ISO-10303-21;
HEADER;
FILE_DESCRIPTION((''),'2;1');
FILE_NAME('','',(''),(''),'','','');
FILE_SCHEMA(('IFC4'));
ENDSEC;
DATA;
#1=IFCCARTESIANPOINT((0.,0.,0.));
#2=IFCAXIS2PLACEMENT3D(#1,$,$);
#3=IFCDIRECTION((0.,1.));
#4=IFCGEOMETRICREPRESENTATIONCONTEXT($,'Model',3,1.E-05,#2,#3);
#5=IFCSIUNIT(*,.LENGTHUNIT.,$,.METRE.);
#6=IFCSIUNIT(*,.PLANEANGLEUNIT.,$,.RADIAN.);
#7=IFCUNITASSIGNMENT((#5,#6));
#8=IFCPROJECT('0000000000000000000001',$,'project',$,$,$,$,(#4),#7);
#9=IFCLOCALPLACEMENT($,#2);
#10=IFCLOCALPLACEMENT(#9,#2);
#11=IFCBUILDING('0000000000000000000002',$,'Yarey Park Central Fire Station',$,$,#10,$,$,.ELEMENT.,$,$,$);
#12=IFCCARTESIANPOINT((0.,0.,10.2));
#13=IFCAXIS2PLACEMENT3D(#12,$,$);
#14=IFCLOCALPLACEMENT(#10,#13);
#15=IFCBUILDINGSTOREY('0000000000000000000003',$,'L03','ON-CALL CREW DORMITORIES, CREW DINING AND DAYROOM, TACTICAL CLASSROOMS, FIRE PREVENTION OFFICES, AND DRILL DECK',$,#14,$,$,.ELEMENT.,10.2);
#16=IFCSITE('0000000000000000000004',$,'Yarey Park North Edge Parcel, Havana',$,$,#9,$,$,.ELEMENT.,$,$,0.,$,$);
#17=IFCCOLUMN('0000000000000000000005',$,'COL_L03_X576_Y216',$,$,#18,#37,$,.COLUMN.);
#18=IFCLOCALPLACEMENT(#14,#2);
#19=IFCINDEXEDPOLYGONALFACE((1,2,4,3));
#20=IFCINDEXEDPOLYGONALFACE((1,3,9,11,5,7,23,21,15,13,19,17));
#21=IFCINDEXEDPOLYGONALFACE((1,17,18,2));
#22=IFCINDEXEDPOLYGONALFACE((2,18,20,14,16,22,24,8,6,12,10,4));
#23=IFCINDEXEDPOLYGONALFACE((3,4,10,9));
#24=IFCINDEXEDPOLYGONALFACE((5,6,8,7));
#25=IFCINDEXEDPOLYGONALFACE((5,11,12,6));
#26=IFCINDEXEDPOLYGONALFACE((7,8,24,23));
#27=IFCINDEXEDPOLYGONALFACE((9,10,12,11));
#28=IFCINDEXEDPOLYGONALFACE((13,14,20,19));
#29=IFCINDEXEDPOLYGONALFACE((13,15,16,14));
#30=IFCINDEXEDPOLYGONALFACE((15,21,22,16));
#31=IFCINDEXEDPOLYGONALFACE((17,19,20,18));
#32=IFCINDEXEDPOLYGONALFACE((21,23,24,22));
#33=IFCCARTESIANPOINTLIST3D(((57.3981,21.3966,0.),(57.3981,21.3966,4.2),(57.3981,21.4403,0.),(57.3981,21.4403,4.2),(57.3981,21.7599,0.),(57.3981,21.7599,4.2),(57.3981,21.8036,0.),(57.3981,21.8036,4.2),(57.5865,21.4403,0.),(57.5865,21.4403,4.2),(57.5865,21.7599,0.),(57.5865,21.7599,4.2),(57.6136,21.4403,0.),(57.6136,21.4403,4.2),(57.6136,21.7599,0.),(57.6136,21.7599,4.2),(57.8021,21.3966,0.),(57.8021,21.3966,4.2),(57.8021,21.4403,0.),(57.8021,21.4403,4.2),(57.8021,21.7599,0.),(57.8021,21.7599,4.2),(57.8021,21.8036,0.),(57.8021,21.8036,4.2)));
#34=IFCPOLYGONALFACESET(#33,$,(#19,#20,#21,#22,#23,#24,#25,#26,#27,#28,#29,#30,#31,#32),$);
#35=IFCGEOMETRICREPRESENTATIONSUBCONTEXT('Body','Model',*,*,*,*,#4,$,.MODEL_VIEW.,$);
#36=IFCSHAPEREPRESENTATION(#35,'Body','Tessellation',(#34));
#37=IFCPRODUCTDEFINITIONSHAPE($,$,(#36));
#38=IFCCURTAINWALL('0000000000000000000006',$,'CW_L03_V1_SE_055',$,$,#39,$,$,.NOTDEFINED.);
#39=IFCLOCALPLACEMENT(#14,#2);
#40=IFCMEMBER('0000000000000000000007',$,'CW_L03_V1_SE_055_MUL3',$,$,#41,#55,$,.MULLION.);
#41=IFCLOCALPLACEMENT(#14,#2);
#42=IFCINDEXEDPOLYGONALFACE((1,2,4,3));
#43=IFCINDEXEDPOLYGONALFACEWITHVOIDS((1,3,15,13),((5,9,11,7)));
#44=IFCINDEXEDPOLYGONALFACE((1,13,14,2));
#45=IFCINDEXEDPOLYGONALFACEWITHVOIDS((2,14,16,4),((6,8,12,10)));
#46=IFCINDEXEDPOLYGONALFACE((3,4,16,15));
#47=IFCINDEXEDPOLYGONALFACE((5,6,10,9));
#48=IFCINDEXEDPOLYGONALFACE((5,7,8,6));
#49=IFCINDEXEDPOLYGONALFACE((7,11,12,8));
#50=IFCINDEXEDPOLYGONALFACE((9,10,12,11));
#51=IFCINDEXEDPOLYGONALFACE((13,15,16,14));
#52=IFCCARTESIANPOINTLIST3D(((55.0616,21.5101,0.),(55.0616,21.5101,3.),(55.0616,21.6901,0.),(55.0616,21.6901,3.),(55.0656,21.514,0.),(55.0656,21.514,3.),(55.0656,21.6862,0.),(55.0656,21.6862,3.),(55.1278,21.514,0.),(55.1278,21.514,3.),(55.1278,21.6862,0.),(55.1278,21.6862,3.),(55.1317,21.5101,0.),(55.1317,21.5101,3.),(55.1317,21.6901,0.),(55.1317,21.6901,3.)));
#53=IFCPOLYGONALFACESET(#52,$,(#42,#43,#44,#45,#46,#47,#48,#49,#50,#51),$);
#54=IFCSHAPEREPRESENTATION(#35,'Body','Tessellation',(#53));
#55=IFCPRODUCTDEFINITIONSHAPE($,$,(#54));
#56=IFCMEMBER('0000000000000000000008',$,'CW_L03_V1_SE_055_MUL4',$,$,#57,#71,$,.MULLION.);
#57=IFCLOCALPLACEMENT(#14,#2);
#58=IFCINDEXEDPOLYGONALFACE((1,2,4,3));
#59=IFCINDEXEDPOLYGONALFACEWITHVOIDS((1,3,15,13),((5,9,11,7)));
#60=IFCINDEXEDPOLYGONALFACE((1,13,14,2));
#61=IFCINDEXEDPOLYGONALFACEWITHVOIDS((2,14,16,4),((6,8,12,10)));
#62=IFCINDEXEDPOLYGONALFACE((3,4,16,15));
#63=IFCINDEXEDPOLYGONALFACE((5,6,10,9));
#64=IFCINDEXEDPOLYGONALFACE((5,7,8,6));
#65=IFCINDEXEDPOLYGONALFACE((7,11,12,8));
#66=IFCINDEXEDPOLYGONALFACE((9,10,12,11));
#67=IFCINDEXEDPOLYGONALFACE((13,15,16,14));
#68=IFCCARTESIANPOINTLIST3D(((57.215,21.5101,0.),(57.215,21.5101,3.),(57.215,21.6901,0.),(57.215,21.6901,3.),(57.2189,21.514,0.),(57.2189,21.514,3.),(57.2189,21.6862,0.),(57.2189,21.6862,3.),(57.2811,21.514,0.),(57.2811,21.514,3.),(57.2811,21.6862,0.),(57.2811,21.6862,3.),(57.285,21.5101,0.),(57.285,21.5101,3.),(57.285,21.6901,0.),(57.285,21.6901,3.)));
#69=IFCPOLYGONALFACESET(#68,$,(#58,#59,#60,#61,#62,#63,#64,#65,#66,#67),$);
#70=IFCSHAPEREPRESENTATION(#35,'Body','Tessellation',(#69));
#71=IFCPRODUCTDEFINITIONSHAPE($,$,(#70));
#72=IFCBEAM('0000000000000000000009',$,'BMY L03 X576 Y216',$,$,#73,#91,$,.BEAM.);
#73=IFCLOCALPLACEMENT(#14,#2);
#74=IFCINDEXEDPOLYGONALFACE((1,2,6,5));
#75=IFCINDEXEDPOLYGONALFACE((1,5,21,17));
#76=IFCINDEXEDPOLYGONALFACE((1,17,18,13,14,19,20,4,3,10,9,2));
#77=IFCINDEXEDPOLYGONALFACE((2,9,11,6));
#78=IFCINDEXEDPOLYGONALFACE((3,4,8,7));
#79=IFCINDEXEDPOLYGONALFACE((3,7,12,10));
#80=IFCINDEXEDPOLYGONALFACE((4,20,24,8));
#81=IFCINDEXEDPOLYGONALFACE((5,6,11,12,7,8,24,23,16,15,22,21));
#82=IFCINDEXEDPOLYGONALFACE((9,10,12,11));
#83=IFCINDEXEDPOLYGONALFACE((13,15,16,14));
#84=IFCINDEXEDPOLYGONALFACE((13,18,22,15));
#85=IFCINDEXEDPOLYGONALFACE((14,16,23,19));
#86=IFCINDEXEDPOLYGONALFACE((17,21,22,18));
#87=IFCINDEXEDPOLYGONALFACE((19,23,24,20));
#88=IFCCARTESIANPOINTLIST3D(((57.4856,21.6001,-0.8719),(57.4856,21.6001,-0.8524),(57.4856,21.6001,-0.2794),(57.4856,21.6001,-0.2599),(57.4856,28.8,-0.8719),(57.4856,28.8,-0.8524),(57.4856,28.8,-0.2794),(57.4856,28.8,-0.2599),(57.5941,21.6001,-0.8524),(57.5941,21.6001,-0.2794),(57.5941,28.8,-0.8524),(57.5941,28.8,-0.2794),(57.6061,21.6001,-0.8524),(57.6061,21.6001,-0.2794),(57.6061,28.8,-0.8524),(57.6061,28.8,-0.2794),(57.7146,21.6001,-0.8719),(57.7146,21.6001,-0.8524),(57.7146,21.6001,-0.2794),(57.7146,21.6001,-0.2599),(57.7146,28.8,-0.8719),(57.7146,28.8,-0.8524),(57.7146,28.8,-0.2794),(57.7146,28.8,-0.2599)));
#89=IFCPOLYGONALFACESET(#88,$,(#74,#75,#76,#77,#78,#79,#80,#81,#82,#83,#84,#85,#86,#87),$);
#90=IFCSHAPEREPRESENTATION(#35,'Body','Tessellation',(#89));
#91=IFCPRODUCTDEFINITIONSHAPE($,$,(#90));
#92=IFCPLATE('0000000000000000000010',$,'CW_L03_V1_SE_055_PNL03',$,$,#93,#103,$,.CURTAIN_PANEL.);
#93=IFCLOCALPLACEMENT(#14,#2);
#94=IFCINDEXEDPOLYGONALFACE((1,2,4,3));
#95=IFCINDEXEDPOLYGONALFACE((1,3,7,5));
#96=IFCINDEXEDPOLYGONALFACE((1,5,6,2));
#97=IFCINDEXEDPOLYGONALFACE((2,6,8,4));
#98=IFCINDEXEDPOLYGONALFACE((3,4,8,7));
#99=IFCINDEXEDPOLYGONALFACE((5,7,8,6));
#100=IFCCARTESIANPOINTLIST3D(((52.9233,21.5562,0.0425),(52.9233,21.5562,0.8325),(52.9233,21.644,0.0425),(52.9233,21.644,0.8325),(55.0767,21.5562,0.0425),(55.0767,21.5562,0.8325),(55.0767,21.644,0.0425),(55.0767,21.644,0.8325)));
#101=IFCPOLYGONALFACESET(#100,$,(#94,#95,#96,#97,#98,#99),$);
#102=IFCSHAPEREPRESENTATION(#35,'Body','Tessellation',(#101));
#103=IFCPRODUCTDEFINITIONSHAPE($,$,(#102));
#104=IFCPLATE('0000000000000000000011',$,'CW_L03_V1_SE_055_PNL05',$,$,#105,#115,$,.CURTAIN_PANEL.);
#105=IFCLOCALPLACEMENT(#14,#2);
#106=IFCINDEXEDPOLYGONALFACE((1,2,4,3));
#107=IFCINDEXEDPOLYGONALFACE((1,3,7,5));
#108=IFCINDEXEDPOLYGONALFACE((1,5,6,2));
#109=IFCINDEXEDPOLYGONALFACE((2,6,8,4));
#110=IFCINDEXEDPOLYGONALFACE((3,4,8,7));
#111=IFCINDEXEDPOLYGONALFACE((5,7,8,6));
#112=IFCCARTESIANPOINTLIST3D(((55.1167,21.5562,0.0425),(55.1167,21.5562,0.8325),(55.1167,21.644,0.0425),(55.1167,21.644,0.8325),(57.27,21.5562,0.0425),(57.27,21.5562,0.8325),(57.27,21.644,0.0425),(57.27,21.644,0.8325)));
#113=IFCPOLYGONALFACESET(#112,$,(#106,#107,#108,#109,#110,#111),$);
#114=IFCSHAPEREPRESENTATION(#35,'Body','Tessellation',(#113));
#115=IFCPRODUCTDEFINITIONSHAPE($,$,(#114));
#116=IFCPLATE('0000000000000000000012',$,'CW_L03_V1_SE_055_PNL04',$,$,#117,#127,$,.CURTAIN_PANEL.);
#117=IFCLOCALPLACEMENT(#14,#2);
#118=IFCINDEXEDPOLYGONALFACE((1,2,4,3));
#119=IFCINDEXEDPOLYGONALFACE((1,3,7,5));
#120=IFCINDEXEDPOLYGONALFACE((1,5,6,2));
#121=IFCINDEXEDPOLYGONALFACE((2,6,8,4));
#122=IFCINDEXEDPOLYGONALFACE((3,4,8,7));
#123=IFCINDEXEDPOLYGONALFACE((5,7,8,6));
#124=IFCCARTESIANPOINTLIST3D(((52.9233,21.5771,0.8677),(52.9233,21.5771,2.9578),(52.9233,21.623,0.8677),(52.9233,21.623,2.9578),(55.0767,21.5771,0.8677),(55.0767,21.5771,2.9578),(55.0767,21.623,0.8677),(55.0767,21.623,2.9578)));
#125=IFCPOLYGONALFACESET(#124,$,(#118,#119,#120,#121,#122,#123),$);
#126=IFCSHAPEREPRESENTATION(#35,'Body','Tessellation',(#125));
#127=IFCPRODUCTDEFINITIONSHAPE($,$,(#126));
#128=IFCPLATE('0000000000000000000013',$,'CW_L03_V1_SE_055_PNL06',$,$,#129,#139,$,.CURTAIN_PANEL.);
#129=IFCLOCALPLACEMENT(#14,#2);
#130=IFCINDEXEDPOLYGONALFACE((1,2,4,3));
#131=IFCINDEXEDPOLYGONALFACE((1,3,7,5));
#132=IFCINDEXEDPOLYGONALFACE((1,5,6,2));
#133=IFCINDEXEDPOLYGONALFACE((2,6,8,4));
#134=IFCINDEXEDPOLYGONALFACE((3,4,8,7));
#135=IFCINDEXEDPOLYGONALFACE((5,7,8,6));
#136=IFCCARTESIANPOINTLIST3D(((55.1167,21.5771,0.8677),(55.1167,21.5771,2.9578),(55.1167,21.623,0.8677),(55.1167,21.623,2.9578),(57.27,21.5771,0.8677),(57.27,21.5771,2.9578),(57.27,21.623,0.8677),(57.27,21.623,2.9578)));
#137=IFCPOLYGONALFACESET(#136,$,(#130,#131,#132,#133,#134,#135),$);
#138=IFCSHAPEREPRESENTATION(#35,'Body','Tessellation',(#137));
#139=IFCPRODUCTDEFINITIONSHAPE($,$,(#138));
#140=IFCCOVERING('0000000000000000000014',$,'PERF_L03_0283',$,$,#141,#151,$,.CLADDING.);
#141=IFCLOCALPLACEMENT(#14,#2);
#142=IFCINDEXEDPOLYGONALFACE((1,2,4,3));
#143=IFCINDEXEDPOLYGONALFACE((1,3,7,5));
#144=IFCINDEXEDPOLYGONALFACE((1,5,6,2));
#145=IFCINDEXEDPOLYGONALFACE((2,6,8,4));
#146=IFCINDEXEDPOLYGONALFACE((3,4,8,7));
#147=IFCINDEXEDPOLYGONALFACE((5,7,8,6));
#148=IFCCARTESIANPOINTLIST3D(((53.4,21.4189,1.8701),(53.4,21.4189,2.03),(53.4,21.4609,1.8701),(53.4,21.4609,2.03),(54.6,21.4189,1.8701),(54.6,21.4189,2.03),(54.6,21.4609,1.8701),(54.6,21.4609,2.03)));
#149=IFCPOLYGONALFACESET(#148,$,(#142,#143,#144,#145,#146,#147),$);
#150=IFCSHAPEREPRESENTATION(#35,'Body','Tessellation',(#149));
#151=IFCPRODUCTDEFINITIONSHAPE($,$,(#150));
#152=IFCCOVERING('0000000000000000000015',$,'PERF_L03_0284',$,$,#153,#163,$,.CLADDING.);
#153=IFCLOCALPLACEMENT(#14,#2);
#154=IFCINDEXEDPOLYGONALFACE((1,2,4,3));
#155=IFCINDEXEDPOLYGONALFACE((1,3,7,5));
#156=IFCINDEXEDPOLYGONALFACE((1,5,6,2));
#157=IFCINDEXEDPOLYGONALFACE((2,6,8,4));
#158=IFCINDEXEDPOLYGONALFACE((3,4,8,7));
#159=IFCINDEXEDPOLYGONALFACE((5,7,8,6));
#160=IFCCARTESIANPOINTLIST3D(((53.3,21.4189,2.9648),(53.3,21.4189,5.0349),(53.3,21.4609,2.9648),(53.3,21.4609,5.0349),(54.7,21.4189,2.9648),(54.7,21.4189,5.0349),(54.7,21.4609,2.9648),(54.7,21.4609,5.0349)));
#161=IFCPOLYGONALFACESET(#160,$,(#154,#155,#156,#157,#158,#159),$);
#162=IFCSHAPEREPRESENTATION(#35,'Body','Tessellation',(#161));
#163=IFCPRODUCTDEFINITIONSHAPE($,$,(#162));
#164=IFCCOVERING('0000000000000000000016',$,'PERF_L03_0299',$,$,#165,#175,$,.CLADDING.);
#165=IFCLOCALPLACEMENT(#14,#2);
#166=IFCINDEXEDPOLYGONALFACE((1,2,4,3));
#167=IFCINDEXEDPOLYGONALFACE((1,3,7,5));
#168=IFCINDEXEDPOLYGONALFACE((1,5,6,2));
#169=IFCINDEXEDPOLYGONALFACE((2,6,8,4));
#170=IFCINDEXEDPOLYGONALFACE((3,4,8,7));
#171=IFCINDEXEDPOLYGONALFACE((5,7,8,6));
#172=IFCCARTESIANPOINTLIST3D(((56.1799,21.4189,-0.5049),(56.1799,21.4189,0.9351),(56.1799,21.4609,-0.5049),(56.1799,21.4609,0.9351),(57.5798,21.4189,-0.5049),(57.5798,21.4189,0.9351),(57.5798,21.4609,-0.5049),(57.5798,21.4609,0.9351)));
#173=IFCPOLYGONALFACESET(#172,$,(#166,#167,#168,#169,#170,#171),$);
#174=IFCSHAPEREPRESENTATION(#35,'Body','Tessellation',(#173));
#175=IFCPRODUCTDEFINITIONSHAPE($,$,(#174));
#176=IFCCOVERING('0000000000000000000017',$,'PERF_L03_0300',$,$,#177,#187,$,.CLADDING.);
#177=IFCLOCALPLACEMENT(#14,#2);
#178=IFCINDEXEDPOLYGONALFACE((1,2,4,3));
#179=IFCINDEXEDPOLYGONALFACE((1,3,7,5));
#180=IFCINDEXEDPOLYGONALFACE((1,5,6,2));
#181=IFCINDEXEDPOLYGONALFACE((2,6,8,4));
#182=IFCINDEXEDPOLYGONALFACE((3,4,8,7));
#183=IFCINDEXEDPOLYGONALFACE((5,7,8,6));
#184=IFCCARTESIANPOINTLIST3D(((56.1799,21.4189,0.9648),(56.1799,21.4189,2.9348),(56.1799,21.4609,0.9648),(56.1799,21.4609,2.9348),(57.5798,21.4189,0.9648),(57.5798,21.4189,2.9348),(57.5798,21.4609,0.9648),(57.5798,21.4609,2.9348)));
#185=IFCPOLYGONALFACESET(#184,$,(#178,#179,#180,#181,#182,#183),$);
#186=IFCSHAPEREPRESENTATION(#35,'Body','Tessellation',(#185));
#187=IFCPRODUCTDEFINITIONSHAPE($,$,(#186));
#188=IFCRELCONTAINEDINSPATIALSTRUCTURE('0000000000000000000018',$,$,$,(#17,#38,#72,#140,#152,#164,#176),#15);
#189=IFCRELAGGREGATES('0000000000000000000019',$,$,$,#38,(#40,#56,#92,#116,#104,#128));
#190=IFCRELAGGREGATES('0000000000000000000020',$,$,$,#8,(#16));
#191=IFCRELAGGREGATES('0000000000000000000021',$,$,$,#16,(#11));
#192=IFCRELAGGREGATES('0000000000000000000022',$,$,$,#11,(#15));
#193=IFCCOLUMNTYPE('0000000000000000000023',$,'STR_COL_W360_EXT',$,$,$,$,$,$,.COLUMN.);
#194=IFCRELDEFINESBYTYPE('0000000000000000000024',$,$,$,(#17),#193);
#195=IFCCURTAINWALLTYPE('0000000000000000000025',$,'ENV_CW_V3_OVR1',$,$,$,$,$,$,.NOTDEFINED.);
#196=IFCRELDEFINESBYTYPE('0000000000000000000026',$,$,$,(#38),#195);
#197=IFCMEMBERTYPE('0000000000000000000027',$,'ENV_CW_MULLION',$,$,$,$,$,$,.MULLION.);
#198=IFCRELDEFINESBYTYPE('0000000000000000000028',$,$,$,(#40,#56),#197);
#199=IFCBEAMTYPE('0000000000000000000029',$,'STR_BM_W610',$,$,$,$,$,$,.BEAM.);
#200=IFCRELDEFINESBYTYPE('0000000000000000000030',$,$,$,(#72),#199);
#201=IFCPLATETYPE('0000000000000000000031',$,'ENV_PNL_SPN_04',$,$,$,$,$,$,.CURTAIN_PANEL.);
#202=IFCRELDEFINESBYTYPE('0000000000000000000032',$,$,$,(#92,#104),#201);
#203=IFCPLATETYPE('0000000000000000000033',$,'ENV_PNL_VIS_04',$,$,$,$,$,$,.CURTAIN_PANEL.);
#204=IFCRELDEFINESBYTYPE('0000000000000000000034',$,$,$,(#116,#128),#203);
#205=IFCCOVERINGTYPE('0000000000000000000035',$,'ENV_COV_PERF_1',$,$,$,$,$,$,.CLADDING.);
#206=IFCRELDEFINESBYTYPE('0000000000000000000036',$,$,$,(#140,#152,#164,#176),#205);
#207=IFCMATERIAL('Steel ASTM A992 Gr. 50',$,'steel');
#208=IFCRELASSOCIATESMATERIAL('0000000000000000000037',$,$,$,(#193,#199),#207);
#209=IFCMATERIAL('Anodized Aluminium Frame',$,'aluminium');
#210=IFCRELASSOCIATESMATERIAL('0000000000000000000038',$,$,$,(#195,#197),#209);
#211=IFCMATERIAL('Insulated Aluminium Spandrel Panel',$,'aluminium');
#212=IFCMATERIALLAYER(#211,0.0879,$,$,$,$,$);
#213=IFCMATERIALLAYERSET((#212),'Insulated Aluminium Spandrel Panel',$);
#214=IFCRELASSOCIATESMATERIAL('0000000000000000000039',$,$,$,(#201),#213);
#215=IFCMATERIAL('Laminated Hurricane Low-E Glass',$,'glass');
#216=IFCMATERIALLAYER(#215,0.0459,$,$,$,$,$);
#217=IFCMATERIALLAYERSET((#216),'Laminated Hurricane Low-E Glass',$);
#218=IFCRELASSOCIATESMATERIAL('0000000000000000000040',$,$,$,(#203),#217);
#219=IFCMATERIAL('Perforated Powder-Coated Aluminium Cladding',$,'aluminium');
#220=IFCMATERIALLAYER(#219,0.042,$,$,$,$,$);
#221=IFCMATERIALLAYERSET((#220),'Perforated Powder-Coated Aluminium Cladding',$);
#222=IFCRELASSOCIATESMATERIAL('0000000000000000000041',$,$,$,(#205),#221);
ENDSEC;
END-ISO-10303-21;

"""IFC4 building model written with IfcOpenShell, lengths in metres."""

from ifc_helpers import new_model, si_unit, direction, frame, origin, origin_2d, place, context, subcontext, project, spatial, rectangle, hollow_rectangle, i_section, extrude, material, layer, layer_set, material_profile, profile_set, type_object, element, aggregate, save


model = new_model("IFC4")

# Units and contexts
model_context = context("Model", 3, precision=1e-05, world=origin(), true_north=direction((0.0, 1.0)))
body_context = subcontext(model_context, "Body", "Model", "MODEL_VIEW")
ifc_project = project(units=[si_unit("LENGTHUNIT", "METRE"), si_unit("PLANEANGLEUNIT", "RADIAN")], contexts=[model_context])

# Site, building, storey
site_placement = place(None, origin())
site = spatial("IfcSite", under=ifc_project, at=site_placement, Name="Yarey Park North Edge Parcel, Havana", CompositionType="ELEMENT", RefElevation=0.0)
building_placement = place(site_placement, origin())
building = spatial("IfcBuilding", under=site, at=building_placement, Name="Yarey Park Central Fire Station", CompositionType="ELEMENT")
storey_placement = place(building_placement, frame((0.0, 0.0, 10.2)))
storey = spatial("IfcBuildingStorey", under=building, at=storey_placement, Name="L03", Description="ON-CALL CREW DORMITORIES, CREW DINING AND DAYROOM, TACTICAL CLASSROOMS, FIRE PREVENTION OFFICES, AND DRILL DECK", CompositionType="ELEMENT", Elevation=10.2)

# Column
ifc_material_1 = material(Name="Steel ASTM A992 Gr. 50", Category="steel")
ifc_material_profile_1 = material_profile(ifc_material_1, i_section(OverallWidth=0.4041, OverallDepth=0.407, WebThickness=0.0271, FlangeThickness=0.0437, at=origin_2d()), Name="W360x347")
ifc_profile_set_1 = profile_set([ifc_material_profile_1], Name="Steel ASTM A992 Gr. 50")
column_type = type_object("IfcColumnType", Name="STR_COL_W360_EXT", PredefinedType="COLUMN", material=ifc_profile_set_1)
column_placement = place(storey_placement, frame((57.6001, 21.6001, 0.0), z_axis=(0.0, 0.0, 1.0), x_axis=(1.0, 0.0, 0.0)))
element("IfcColumn", 1, at=column_placement, inside=storey, type_object=column_type, Name="COL_L03_X576_Y216", PredefinedType="COLUMN", context=body_context, shape_type="SweptSolid", body=[
    extrude(i_section(OverallWidth=0.4041, OverallDepth=0.407, WebThickness=0.0271, FlangeThickness=0.0437, at=origin_2d()), origin(), (0.0, 0.0, 1.0), 4.2),
])

# Curtain wall, members
ifc_material_2 = material(Name="Anodized Aluminium Frame", Category="aluminium")
curtain_wall_type = type_object("IfcCurtainWallType", Name="ENV_CW_V3_OVR1", PredefinedType="NOTDEFINED", material=ifc_material_2)
curtain_wall_placement = place(storey_placement, origin())
curtain_wall = element("IfcCurtainWall", 2, at=curtain_wall_placement, inside=storey, type_object=curtain_wall_type, Name="CW_L03_V1_SE_055", PredefinedType="NOTDEFINED")
ifc_material_profile_2 = material_profile(ifc_material_2, hollow_rectangle(XDim=0.0701, YDim=0.1799, WallThickness=0.0039, at=origin_2d()), Name="ALU 180x70x4")
ifc_profile_set_2 = profile_set([ifc_material_profile_2], Name="Anodized Aluminium Frame")
member_type = type_object("IfcMemberType", Name="ENV_CW_MULLION", PredefinedType="MULLION", material=ifc_profile_set_2)
member_1_placement = place(storey_placement, frame((55.0967, 21.6001, 0.0), z_axis=(0.0, 0.0, 1.0), x_axis=(1.0, 0.0, 0.0)))
member_1 = element("IfcMember", 3, at=member_1_placement, type_object=member_type, Name="CW_L03_V1_SE_055_MUL3", PredefinedType="MULLION", context=body_context, shape_type="SweptSolid", body=[
    extrude(hollow_rectangle(XDim=0.0701, YDim=0.1799, WallThickness=0.0039, at=origin_2d()), origin(), (0.0, 0.0, 1.0), 3.0),
])
member_2_placement = place(storey_placement, frame((57.25, 21.6001, 0.0), z_axis=(0.0, 0.0, 1.0), x_axis=(1.0, 0.0, 0.0)))
member_2 = element("IfcMember", 4, at=member_2_placement, type_object=member_type, Name="CW_L03_V1_SE_055_MUL4", PredefinedType="MULLION", context=body_context, shape_type="SweptSolid", body=[
    extrude(hollow_rectangle(XDim=0.0701, YDim=0.1799, WallThickness=0.0039, at=origin_2d()), origin(), (0.0, 0.0, 1.0), 3.0),
])

# Beam
ifc_material_profile_3 = material_profile(ifc_material_1, i_section(OverallWidth=0.229, OverallDepth=0.6121, WebThickness=0.012, FlangeThickness=0.0195, at=origin_2d()), Name="W610x125")
ifc_profile_set_3 = profile_set([ifc_material_profile_3], Name="Steel ASTM A992 Gr. 50")
beam_type = type_object("IfcBeamType", Name="STR_BM_W610", PredefinedType="BEAM", material=ifc_profile_set_3)
beam_placement = place(storey_placement, frame((57.6001, 21.6001, -0.5659), z_axis=(0.0, 1.0, 0.0), x_axis=(-1.0, 0.0, 0.0)))
element("IfcBeam", 5, at=beam_placement, inside=storey, type_object=beam_type, Name="BMY L03 X576 Y216", PredefinedType="BEAM", context=body_context, shape_type="SweptSolid", body=[
    extrude(i_section(OverallWidth=0.229, OverallDepth=0.6121, WebThickness=0.012, FlangeThickness=0.0195, at=origin_2d()), origin(), (0.0, 0.0, 1.0), 7.2),
])

# Plates
ifc_material_3 = material(Name="Insulated Aluminium Spandrel Panel", Category="aluminium")
ifc_layer_1 = layer(ifc_material_3, 0.0879)
ifc_layer_set_1 = layer_set([ifc_layer_1], Name="Insulated Aluminium Spandrel Panel")
plate_type_1 = type_object("IfcPlateType", Name="ENV_PNL_SPN_04", PredefinedType="CURTAIN_PANEL", material=ifc_layer_set_1)
plate_1_placement = place(storey_placement, frame((54.0, 21.6001, 0.0425), z_axis=(0.0, 0.0, 1.0), x_axis=(1.0, 0.0, 0.0)))
plate_1 = element("IfcPlate", 6, at=plate_1_placement, type_object=plate_type_1, Name="CW_L03_V1_SE_055_PNL03", PredefinedType="CURTAIN_PANEL", context=body_context, shape_type="SweptSolid", body=[
    extrude(rectangle(XDim=2.1533, YDim=0.0879, at=origin_2d()), origin(), (0.0, 0.0, 1.0), 0.79),
])
plate_2_placement = place(storey_placement, frame((56.1934, 21.6001, 0.0425), z_axis=(0.0, 0.0, 1.0), x_axis=(1.0, 0.0, 0.0)))
plate_2 = element("IfcPlate", 7, at=plate_2_placement, type_object=plate_type_1, Name="CW_L03_V1_SE_055_PNL05", PredefinedType="CURTAIN_PANEL", context=body_context, shape_type="SweptSolid", body=[
    extrude(rectangle(XDim=2.1533, YDim=0.0879, at=origin_2d()), origin(), (0.0, 0.0, 1.0), 0.79),
])
ifc_material_4 = material(Name="Laminated Hurricane Low-E Glass", Category="glass")
ifc_layer_2 = layer(ifc_material_4, 0.0459)
ifc_layer_set_2 = layer_set([ifc_layer_2], Name="Laminated Hurricane Low-E Glass")
plate_type_2 = type_object("IfcPlateType", Name="ENV_PNL_VIS_04", PredefinedType="CURTAIN_PANEL", material=ifc_layer_set_2)
plate_3_placement = place(storey_placement, frame((54.0, 21.6001, 0.8677), z_axis=(0.0, 0.0, 1.0), x_axis=(1.0, 0.0, 0.0)))
plate_3 = element("IfcPlate", 8, at=plate_3_placement, type_object=plate_type_2, Name="CW_L03_V1_SE_055_PNL04", PredefinedType="CURTAIN_PANEL", context=body_context, shape_type="SweptSolid", body=[
    extrude(rectangle(XDim=2.1533, YDim=0.0459, at=origin_2d()), origin(), (0.0, 0.0, 1.0), 2.0901),
])
plate_4_placement = place(storey_placement, frame((56.1934, 21.6001, 0.8677), z_axis=(0.0, 0.0, 1.0), x_axis=(1.0, 0.0, 0.0)))
plate_4 = element("IfcPlate", 9, at=plate_4_placement, type_object=plate_type_2, Name="CW_L03_V1_SE_055_PNL06", PredefinedType="CURTAIN_PANEL", context=body_context, shape_type="SweptSolid", body=[
    extrude(rectangle(XDim=2.1533, YDim=0.0459, at=origin_2d()), origin(), (0.0, 0.0, 1.0), 2.0901),
])
aggregate(curtain_wall, [member_1, member_2, plate_1, plate_3, plate_2, plate_4])

# Coverings
ifc_material_5 = material(Name="Perforated Powder-Coated Aluminium Cladding", Category="aluminium")
ifc_layer_3 = layer(ifc_material_5, 0.042)
ifc_layer_set_3 = layer_set([ifc_layer_3], Name="Perforated Powder-Coated Aluminium Cladding")
covering_type_1 = type_object("IfcCoveringType", Name="ENV_COV_PERF_1", PredefinedType="CLADDING", material=ifc_layer_set_3)
covering_1_placement = place(storey_placement, frame((54.0, 21.4399, 1.8701), z_axis=(0.0, 0.0, 1.0), x_axis=(1.0, 0.0, 0.0)))
element("IfcCovering", 10, at=covering_1_placement, inside=storey, type_object=covering_type_1, Name="PERF_L03_0283", PredefinedType="CLADDING", context=body_context, shape_type="SweptSolid", body=[
    extrude(rectangle(XDim=1.2, YDim=0.042, at=origin_2d()), origin(), (0.0, 0.0, 1.0), 0.1599),
])
covering_2_placement = place(storey_placement, frame((54.0, 21.4399, 2.9648), z_axis=(0.0, 0.0, 1.0), x_axis=(1.0, 0.0, 0.0)))
element("IfcCovering", 11, at=covering_2_placement, inside=storey, type_object=covering_type_1, Name="PERF_L03_0284", PredefinedType="CLADDING", context=body_context, shape_type="SweptSolid", body=[
    extrude(rectangle(XDim=1.3999, YDim=0.042, at=origin_2d()), origin(), (0.0, 0.0, 1.0), 2.0701),
])
covering_3_placement = place(storey_placement, frame((56.8799, 21.4399, -0.5049), z_axis=(0.0, 0.0, 1.0), x_axis=(1.0, 0.0, 0.0)))
element("IfcCovering", 12, at=covering_3_placement, inside=storey, type_object=covering_type_1, Name="PERF_L03_0299", PredefinedType="CLADDING", context=body_context, shape_type="SweptSolid", body=[
    extrude(rectangle(XDim=1.3999, YDim=0.042, at=origin_2d()), origin(), (0.0, 0.0, 1.0), 1.4399),
])
covering_4_placement = place(storey_placement, frame((56.8799, 21.4399, 0.9648), z_axis=(0.0, 0.0, 1.0), x_axis=(1.0, 0.0, 0.0)))
element("IfcCovering", 13, at=covering_4_placement, inside=storey, type_object=covering_type_1, Name="PERF_L03_0300", PredefinedType="CLADDING", context=body_context, shape_type="SweptSolid", body=[
    extrude(rectangle(XDim=1.3999, YDim=0.042, at=origin_2d()), origin(), (0.0, 0.0, 1.0), 1.97),
])

save(model, "model.ifc")
